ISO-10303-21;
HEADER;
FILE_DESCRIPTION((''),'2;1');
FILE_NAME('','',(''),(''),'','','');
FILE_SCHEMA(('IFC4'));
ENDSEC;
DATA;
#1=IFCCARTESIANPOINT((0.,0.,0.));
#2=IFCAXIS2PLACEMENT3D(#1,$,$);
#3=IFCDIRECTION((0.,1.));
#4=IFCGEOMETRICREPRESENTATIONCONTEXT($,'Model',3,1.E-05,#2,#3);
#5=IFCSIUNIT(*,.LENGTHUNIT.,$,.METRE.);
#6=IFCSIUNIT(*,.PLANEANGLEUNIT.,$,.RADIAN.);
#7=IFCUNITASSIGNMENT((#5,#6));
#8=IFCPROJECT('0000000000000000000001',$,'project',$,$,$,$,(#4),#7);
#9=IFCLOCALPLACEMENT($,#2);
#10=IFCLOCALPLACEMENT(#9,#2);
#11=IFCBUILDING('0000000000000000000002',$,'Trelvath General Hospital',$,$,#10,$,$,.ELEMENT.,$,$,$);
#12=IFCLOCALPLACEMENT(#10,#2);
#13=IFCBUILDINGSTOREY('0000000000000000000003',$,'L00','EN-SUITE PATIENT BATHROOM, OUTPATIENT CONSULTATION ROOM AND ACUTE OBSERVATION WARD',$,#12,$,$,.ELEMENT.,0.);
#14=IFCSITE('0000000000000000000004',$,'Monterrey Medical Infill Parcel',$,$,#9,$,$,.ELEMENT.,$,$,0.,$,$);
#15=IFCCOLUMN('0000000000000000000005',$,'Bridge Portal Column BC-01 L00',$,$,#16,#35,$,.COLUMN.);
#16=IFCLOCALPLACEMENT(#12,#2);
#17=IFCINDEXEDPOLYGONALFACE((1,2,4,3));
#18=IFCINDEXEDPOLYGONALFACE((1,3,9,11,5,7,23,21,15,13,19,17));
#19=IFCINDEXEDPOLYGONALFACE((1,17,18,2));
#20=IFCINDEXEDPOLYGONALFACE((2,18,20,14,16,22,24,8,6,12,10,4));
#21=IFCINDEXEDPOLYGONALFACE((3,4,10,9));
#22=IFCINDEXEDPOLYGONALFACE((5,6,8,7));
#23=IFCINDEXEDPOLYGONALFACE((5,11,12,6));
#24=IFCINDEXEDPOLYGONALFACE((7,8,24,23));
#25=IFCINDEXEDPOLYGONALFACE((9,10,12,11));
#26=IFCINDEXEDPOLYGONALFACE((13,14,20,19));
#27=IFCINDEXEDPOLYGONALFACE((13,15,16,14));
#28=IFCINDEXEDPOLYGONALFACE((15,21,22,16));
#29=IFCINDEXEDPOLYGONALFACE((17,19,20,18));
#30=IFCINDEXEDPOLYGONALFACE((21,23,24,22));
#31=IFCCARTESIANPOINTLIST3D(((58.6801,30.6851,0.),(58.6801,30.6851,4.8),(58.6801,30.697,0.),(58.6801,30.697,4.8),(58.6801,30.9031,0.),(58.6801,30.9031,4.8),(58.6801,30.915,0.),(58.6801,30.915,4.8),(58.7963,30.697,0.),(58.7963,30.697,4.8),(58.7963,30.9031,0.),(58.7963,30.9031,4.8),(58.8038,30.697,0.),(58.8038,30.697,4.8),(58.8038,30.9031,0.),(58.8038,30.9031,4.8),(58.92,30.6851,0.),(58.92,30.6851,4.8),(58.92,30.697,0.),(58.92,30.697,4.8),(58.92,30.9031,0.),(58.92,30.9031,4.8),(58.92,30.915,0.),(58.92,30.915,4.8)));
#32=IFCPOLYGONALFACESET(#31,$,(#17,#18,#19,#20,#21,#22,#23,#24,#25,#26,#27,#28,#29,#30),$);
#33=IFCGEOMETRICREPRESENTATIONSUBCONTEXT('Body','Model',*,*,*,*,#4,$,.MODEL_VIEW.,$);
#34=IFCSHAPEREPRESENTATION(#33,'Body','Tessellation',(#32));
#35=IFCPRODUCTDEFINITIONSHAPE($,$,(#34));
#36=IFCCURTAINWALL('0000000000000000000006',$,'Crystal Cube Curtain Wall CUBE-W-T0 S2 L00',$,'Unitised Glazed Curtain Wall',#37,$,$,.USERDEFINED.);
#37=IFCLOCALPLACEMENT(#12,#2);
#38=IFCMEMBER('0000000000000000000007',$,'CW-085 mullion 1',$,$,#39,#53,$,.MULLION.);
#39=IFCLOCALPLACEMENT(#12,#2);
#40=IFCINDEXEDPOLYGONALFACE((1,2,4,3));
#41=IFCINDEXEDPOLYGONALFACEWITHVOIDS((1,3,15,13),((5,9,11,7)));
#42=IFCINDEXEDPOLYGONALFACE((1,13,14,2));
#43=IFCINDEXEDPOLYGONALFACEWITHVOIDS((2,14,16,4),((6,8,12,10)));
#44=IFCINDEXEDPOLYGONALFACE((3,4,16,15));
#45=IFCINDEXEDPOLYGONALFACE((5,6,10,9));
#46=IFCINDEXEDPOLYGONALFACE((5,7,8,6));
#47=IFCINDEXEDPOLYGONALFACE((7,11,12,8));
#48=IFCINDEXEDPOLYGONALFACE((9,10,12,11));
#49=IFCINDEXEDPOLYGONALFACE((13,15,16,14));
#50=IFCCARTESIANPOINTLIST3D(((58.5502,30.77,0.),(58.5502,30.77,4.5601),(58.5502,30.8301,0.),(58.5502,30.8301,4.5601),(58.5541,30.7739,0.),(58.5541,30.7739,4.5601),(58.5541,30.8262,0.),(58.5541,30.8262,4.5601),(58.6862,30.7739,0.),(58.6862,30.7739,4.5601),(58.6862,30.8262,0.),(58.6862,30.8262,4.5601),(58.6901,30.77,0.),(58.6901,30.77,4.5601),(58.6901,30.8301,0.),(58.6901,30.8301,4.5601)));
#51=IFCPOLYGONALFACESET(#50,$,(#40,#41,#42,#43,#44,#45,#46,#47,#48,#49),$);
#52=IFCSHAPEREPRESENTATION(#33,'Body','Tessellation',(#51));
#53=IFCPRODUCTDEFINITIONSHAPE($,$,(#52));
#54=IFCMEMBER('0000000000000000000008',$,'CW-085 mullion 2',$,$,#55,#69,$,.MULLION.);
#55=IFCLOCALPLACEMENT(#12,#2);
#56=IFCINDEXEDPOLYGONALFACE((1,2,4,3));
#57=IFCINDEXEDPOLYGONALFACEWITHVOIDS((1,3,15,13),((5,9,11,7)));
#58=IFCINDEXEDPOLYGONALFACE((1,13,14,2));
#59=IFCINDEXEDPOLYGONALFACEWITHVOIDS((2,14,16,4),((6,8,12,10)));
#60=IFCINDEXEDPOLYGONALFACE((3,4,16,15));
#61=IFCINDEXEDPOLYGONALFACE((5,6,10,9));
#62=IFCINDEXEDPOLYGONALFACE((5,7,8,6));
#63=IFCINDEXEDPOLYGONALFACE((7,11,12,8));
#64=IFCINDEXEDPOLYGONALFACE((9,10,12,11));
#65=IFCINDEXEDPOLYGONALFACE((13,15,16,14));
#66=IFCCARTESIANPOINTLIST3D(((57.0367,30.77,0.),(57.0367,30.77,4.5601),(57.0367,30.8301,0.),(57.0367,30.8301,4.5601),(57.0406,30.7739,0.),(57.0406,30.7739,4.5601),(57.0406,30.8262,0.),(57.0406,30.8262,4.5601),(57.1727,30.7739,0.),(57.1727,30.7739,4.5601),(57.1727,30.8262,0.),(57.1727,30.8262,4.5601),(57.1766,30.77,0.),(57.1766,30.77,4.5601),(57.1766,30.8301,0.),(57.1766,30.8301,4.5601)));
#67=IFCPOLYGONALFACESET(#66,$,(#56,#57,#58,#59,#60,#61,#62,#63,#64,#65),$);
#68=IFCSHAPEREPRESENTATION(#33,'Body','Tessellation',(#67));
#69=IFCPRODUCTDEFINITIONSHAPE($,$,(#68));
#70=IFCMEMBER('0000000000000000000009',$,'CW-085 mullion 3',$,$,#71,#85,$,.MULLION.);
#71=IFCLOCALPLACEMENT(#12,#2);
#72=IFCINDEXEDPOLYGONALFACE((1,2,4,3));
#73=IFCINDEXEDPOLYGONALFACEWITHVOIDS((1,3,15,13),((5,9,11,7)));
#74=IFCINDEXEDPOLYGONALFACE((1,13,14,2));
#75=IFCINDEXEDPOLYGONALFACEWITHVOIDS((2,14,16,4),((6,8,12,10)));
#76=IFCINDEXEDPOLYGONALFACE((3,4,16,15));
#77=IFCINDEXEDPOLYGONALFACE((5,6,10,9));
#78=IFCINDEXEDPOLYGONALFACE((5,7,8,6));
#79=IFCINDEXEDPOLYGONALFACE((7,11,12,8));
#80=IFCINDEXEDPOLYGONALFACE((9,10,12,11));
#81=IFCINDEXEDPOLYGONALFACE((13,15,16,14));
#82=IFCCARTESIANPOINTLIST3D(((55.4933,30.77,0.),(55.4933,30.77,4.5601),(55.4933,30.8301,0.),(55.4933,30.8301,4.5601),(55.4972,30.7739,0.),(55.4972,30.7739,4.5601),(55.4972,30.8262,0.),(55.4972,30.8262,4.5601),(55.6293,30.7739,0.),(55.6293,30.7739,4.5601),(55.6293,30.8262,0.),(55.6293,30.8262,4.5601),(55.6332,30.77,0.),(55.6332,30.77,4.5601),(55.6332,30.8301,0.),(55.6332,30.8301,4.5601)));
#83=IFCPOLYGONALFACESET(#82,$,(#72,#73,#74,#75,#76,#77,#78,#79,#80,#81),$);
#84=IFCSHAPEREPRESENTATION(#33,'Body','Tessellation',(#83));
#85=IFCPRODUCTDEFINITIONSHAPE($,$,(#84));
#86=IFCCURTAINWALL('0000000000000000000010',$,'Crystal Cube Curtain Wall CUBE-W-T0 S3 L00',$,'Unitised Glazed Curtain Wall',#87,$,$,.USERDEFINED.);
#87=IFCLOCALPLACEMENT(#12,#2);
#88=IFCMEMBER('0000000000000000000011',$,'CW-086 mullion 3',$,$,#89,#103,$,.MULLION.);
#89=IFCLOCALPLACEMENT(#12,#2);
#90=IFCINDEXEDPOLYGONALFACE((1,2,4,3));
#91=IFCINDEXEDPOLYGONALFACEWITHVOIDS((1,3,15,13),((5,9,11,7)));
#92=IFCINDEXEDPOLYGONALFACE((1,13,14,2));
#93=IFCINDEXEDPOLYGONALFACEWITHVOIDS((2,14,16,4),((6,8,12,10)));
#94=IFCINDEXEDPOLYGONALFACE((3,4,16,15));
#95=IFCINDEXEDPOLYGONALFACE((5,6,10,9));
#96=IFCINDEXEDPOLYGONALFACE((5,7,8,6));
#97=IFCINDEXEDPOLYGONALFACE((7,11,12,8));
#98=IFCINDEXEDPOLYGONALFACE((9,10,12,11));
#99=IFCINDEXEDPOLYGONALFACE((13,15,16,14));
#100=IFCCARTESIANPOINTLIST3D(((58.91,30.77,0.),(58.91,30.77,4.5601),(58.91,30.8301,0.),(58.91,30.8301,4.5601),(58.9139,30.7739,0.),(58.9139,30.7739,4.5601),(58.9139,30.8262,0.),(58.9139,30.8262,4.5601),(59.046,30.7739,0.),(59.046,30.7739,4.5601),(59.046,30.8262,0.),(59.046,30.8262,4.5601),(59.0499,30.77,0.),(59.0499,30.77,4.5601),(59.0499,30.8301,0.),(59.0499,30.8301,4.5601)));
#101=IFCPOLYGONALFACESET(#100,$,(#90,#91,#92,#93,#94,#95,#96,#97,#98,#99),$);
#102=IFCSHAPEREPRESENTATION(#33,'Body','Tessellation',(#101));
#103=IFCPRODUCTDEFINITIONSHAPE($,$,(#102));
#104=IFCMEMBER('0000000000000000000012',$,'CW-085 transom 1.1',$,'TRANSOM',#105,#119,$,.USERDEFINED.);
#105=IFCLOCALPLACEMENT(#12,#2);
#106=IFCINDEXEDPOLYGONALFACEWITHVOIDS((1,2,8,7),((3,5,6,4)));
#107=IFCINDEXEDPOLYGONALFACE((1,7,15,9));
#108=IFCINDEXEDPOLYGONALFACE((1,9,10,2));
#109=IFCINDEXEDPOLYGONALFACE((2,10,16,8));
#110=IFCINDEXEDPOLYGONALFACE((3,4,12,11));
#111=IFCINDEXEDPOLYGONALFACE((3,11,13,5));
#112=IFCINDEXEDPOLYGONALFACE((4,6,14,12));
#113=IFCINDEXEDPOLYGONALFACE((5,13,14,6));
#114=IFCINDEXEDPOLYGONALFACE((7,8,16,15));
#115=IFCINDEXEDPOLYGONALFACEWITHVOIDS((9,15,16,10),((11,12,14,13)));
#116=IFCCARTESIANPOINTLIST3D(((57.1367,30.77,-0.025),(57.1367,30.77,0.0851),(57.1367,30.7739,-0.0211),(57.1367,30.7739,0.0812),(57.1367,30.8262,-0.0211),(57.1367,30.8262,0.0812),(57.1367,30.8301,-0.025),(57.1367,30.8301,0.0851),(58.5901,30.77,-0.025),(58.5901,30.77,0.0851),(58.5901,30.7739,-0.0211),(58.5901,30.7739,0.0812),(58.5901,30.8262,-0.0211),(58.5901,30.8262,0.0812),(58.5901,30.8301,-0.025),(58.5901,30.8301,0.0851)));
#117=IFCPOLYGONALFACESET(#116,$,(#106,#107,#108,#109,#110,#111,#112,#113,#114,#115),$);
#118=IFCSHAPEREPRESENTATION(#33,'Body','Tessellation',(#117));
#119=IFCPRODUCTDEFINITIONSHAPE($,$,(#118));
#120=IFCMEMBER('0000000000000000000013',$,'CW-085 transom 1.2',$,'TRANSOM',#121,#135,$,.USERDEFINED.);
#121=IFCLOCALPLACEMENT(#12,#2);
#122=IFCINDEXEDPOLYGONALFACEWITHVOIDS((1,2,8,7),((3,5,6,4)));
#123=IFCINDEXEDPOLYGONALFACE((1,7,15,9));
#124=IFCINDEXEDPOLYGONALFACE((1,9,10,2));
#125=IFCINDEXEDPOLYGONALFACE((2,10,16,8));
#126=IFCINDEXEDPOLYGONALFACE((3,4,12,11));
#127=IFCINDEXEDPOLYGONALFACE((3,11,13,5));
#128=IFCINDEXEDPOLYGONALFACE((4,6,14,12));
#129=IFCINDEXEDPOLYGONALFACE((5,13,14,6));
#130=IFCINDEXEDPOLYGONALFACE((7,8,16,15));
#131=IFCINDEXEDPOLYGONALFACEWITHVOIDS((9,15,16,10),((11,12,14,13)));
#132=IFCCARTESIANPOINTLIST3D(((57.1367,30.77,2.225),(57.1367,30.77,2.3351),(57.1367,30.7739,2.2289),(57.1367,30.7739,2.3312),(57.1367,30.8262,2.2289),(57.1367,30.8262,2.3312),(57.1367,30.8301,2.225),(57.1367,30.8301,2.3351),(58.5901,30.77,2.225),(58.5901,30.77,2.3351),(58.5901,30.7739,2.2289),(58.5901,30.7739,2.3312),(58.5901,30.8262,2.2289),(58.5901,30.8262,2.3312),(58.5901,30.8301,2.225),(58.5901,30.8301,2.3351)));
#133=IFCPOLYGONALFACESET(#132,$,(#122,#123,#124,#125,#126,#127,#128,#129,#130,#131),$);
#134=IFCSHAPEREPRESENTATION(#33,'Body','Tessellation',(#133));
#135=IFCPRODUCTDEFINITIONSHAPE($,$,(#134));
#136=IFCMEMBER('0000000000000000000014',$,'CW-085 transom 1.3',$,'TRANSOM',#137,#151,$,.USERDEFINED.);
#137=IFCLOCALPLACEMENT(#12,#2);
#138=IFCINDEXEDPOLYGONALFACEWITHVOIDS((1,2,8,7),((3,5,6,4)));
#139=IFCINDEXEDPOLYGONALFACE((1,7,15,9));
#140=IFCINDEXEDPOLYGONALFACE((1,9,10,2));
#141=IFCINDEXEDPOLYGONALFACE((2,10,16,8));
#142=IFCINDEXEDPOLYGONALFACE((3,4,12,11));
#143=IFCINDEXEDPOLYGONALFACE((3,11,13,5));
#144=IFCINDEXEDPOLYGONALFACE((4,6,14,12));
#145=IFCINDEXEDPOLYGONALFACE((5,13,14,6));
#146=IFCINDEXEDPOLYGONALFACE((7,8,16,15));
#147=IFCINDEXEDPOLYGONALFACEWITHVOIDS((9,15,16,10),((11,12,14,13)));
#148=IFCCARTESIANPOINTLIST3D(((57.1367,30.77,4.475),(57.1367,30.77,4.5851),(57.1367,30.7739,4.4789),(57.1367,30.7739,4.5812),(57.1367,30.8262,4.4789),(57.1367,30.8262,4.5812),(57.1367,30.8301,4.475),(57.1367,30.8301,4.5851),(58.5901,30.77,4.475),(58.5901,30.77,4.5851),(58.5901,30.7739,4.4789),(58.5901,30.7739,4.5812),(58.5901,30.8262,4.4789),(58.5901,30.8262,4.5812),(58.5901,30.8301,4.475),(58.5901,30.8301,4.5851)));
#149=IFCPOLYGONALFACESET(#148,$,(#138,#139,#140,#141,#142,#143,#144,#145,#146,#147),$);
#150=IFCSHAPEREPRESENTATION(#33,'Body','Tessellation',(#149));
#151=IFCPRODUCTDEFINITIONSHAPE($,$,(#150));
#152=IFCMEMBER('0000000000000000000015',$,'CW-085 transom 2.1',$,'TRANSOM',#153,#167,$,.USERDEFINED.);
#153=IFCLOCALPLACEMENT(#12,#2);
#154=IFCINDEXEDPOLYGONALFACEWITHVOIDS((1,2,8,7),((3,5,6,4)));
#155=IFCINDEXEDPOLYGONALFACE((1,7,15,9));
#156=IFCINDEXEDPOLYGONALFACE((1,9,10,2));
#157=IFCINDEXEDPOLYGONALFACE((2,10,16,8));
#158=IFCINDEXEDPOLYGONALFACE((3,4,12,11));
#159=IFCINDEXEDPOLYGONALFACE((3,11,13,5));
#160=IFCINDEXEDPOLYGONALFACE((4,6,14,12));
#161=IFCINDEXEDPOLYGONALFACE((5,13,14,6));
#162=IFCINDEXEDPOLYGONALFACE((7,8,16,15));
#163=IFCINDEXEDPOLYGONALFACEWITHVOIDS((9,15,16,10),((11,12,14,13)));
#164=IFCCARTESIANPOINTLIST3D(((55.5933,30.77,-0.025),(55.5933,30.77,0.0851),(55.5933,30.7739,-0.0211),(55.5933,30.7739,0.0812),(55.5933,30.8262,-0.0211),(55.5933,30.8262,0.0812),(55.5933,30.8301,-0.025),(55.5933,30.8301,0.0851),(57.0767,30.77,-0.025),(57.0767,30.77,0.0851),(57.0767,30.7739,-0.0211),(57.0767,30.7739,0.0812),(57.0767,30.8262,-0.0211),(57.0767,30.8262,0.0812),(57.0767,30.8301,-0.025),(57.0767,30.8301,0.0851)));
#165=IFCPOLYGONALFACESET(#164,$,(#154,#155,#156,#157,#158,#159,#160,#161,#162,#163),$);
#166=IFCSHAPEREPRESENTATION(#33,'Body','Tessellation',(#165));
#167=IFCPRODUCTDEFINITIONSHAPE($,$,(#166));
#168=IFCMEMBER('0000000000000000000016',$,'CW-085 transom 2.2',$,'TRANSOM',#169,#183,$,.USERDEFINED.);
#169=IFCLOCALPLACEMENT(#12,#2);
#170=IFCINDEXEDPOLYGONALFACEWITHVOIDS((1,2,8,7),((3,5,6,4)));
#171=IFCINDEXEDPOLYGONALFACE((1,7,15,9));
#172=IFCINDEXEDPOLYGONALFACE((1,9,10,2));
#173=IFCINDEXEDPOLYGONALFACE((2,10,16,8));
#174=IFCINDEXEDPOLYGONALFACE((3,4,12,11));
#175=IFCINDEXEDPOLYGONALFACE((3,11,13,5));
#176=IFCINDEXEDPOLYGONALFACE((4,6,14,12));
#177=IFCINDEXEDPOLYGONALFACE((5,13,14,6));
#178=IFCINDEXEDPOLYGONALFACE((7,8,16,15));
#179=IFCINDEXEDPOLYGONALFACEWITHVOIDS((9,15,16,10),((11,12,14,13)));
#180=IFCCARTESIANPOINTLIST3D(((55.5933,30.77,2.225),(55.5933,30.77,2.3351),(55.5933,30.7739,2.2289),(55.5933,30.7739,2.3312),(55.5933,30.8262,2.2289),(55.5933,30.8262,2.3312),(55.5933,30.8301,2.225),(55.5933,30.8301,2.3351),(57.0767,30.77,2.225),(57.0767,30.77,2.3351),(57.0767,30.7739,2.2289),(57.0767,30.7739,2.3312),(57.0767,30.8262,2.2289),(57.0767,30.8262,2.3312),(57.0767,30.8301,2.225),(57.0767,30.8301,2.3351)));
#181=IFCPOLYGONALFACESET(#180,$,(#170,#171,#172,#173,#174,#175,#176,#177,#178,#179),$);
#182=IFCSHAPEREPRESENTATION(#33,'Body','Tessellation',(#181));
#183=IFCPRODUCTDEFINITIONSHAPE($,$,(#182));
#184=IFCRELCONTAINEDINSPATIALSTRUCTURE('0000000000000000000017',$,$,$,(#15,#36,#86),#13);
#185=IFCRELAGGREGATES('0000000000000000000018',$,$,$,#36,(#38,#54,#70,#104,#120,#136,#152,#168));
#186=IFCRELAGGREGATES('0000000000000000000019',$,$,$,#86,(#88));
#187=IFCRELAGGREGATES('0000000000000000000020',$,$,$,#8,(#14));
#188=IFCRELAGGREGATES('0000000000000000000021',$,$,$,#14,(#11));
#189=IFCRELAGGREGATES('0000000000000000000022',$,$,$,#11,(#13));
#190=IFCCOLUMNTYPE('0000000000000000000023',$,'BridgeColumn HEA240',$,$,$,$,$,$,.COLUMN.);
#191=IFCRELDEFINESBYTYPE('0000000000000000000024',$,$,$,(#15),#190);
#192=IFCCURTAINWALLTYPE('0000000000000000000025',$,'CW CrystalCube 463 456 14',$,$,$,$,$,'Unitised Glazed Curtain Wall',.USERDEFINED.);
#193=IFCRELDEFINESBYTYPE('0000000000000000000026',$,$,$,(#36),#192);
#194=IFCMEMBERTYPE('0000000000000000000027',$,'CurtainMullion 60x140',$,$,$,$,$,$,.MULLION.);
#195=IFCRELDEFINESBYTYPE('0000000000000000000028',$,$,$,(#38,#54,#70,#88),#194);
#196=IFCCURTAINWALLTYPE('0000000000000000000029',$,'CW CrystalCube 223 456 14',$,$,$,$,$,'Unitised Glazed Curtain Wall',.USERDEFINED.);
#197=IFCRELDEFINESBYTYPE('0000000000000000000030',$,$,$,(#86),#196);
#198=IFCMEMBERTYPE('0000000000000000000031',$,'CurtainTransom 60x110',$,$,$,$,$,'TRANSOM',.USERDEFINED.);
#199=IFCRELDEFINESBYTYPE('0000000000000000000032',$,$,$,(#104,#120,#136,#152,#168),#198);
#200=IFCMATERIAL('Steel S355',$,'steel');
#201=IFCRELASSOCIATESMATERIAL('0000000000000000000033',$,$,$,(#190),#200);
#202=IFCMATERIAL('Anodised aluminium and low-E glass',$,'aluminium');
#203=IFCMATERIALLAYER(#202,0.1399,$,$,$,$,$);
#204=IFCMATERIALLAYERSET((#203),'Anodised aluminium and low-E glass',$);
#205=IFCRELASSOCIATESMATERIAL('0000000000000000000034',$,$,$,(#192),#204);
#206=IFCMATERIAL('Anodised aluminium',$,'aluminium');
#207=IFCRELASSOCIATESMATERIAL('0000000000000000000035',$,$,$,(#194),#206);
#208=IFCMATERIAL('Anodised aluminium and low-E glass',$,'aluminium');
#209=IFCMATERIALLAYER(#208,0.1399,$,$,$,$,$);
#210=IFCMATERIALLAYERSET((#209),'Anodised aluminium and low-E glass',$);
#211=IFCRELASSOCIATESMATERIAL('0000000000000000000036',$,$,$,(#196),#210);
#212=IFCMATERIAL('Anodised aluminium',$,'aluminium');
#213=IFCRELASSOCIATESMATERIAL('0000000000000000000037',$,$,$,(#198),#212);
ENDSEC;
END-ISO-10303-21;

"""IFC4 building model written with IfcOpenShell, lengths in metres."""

from ifc_helpers import new_model, si_unit, direction, frame, origin, origin_2d, place, context, subcontext, project, spatial, hollow_rectangle, i_section, extrude, material, layer, layer_set, material_profile, profile_set, type_object, element, aggregate, save


model = new_model("IFC4")

# Units and contexts
model_context = context("Model", 3, precision=1e-05, world=origin(), true_north=direction((0.0, 1.0)))
body_context = subcontext(model_context, "Body", "Model", "MODEL_VIEW")
ifc_project = project(units=[si_unit("LENGTHUNIT", "METRE"), si_unit("PLANEANGLEUNIT", "RADIAN")], contexts=[model_context])

# Site, building, storey
site_placement = place(None, origin())
site = spatial("IfcSite", under=ifc_project, at=site_placement, Name="Monterrey Medical Infill Parcel", CompositionType="ELEMENT", RefElevation=0.0)
building_placement = place(site_placement, origin())
building = spatial("IfcBuilding", under=site, at=building_placement, Name="Trelvath General Hospital", CompositionType="ELEMENT")
storey_placement = place(building_placement, origin())
storey = spatial("IfcBuildingStorey", under=building, at=storey_placement, Name="L00", Description="EN-SUITE PATIENT BATHROOM, OUTPATIENT CONSULTATION ROOM AND ACUTE OBSERVATION WARD", CompositionType="ELEMENT", Elevation=0.0)

# Column
ifc_material_1 = material(Name="Steel S355", Category="steel")
ifc_material_profile_1 = material_profile(ifc_material_1, i_section(OverallWidth=0.24, OverallDepth=0.23, WebThickness=0.0076, FlangeThickness=0.012, at=origin_2d()), Name="HEA240")
ifc_profile_set_1 = profile_set([ifc_material_profile_1], Name="Steel S355")
column_type = type_object("IfcColumnType", Name="BridgeColumn HEA240", PredefinedType="COLUMN", material=ifc_profile_set_1)
column_placement = place(storey_placement, frame((58.8, 30.8, 0.0), z_axis=(0.0, 0.0, 1.0), x_axis=(1.0, 0.0, 0.0)))
element("IfcColumn", 1, at=column_placement, inside=storey, type_object=column_type, Name="Bridge Portal Column BC-01 L00", PredefinedType="COLUMN", context=body_context, shape_type="SweptSolid", body=[
    extrude(i_section(OverallWidth=0.24, OverallDepth=0.23, WebThickness=0.0076, FlangeThickness=0.012, at=origin_2d()), origin(), (0.0, 0.0, 1.0), 4.8),
])

# Curtain wall, members
ifc_material_2 = material(Name="Anodised aluminium and low-E glass", Category="aluminium")
ifc_layer_1 = layer(ifc_material_2, 0.1399)
ifc_layer_set_1 = layer_set([ifc_layer_1], Name="Anodised aluminium and low-E glass")
curtain_wall_type_1 = type_object("IfcCurtainWallType", Name="CW CrystalCube 463 456 14", ElementType="Unitised Glazed Curtain Wall", PredefinedType="USERDEFINED", material=ifc_layer_set_1)
curtain_wall_1_placement = place(storey_placement, origin())
curtain_wall_1 = element("IfcCurtainWall", 2, at=curtain_wall_1_placement, inside=storey, type_object=curtain_wall_type_1, Name="Crystal Cube Curtain Wall CUBE-W-T0 S2 L00", ObjectType="Unitised Glazed Curtain Wall", PredefinedType="USERDEFINED")
ifc_material_3 = material(Name="Anodised aluminium", Category="aluminium")
ifc_material_profile_2 = material_profile(ifc_material_3, hollow_rectangle(XDim=0.0601, YDim=0.1399, WallThickness=0.0039, at=origin_2d()), Name="RHS60x140x4")
ifc_profile_set_2 = profile_set([ifc_material_profile_2], Name="Anodised aluminium")
member_type_1 = type_object("IfcMemberType", Name="CurtainMullion 60x140", PredefinedType="MULLION", material=ifc_profile_set_2)
member_1_placement = place(storey_placement, frame((58.6201, 30.8, 0.0), z_axis=(0.0, 0.0, 1.0), x_axis=(0.0, -1.0, 0.0)))
member_1 = element("IfcMember", 3, at=member_1_placement, type_object=member_type_1, Name="CW-085 mullion 1", PredefinedType="MULLION", context=body_context, shape_type="SweptSolid", body=[
    extrude(hollow_rectangle(XDim=0.0601, YDim=0.1399, WallThickness=0.0039, at=origin_2d()), origin(), (0.0, 0.0, 1.0), 4.5601),
])
member_2_placement = place(storey_placement, frame((57.1067, 30.8, 0.0), z_axis=(0.0, 0.0, 1.0), x_axis=(0.0, -1.0, 0.0)))
member_2 = element("IfcMember", 4, at=member_2_placement, type_object=member_type_1, Name="CW-085 mullion 2", PredefinedType="MULLION", context=body_context, shape_type="SweptSolid", body=[
    extrude(hollow_rectangle(XDim=0.0601, YDim=0.1399, WallThickness=0.0039, at=origin_2d()), origin(), (0.0, 0.0, 1.0), 4.5601),
])
member_3_placement = place(storey_placement, frame((55.5632, 30.8, 0.0), z_axis=(0.0, 0.0, 1.0), x_axis=(0.0, -1.0, 0.0)))
member_3 = element("IfcMember", 5, at=member_3_placement, type_object=member_type_1, Name="CW-085 mullion 3", PredefinedType="MULLION", context=body_context, shape_type="SweptSolid", body=[
    extrude(hollow_rectangle(XDim=0.0601, YDim=0.1399, WallThickness=0.0039, at=origin_2d()), origin(), (0.0, 0.0, 1.0), 4.5601),
])

# Curtain wall, member
ifc_material_4 = material(Name="Anodised aluminium and low-E glass", Category="aluminium")
ifc_layer_2 = layer(ifc_material_4, 0.1399)
ifc_layer_set_2 = layer_set([ifc_layer_2], Name="Anodised aluminium and low-E glass")
curtain_wall_type_2 = type_object("IfcCurtainWallType", Name="CW CrystalCube 223 456 14", ElementType="Unitised Glazed Curtain Wall", PredefinedType="USERDEFINED", material=ifc_layer_set_2)
curtain_wall_2_placement = place(storey_placement, origin())
curtain_wall_2 = element("IfcCurtainWall", 6, at=curtain_wall_2_placement, inside=storey, type_object=curtain_wall_type_2, Name="Crystal Cube Curtain Wall CUBE-W-T0 S3 L00", ObjectType="Unitised Glazed Curtain Wall", PredefinedType="USERDEFINED")
member_4_placement = place(storey_placement, frame((58.98, 30.8, 0.0), z_axis=(0.0, 0.0, 1.0), x_axis=(0.0, -1.0, 0.0)))
member_4 = element("IfcMember", 7, at=member_4_placement, type_object=member_type_1, Name="CW-086 mullion 3", PredefinedType="MULLION", context=body_context, shape_type="SweptSolid", body=[
    extrude(hollow_rectangle(XDim=0.0601, YDim=0.1399, WallThickness=0.0039, at=origin_2d()), origin(), (0.0, 0.0, 1.0), 4.5601),
])

# Members
ifc_material_5 = material(Name="Anodised aluminium", Category="aluminium")
ifc_material_profile_3 = material_profile(ifc_material_5, hollow_rectangle(XDim=0.0601, YDim=0.1101, WallThickness=0.0039, at=origin_2d()), Name="RHS60x110x4")
ifc_profile_set_3 = profile_set([ifc_material_profile_3], Name="Anodised aluminium")
member_type_2 = type_object("IfcMemberType", Name="CurtainTransom 60x110", ElementType="TRANSOM", PredefinedType="USERDEFINED", material=ifc_profile_set_3)
member_5_placement = place(storey_placement, frame((58.5901, 30.8, 0.03), z_axis=(-1.0, 0.0, 0.0), x_axis=(0.0, -1.0, 0.0)))
member_5 = element("IfcMember", 8, at=member_5_placement, type_object=member_type_2, Name="CW-085 transom 1.1", ObjectType="TRANSOM", PredefinedType="USERDEFINED", context=body_context, shape_type="SweptSolid", body=[
    extrude(hollow_rectangle(XDim=0.0601, YDim=0.1101, WallThickness=0.0039, at=origin_2d()), origin(), (0.0, 0.0, 1.0), 1.4534),
])
member_6_placement = place(storey_placement, frame((58.5901, 30.8, 2.28), z_axis=(-1.0, 0.0, 0.0), x_axis=(0.0, -1.0, 0.0)))
member_6 = element("IfcMember", 9, at=member_6_placement, type_object=member_type_2, Name="CW-085 transom 1.2", ObjectType="TRANSOM", PredefinedType="USERDEFINED", context=body_context, shape_type="SweptSolid", body=[
    extrude(hollow_rectangle(XDim=0.0601, YDim=0.1101, WallThickness=0.0039, at=origin_2d()), origin(), (0.0, 0.0, 1.0), 1.4534),
])
member_7_placement = place(storey_placement, frame((58.5901, 30.8, 4.53), z_axis=(-1.0, 0.0, 0.0), x_axis=(0.0, -1.0, 0.0)))
member_7 = element("IfcMember", 10, at=member_7_placement, type_object=member_type_2, Name="CW-085 transom 1.3", ObjectType="TRANSOM", PredefinedType="USERDEFINED", context=body_context, shape_type="SweptSolid", body=[
    extrude(hollow_rectangle(XDim=0.0601, YDim=0.1101, WallThickness=0.0039, at=origin_2d()), origin(), (0.0, 0.0, 1.0), 1.4534),
])
member_8_placement = place(storey_placement, frame((57.0767, 30.8, 0.03), z_axis=(-1.0, 0.0, 0.0), x_axis=(0.0, -1.0, 0.0)))
member_8 = element("IfcMember", 11, at=member_8_placement, type_object=member_type_2, Name="CW-085 transom 2.1", ObjectType="TRANSOM", PredefinedType="USERDEFINED", context=body_context, shape_type="SweptSolid", body=[
    extrude(hollow_rectangle(XDim=0.0601, YDim=0.1101, WallThickness=0.0039, at=origin_2d()), origin(), (0.0, 0.0, 1.0), 1.4834),
])
member_9_placement = place(storey_placement, frame((57.0767, 30.8, 2.28), z_axis=(-1.0, 0.0, 0.0), x_axis=(0.0, -1.0, 0.0)))
member_9 = element("IfcMember", 12, at=member_9_placement, type_object=member_type_2, Name="CW-085 transom 2.2", ObjectType="TRANSOM", PredefinedType="USERDEFINED", context=body_context, shape_type="SweptSolid", body=[
    extrude(hollow_rectangle(XDim=0.0601, YDim=0.1101, WallThickness=0.0039, at=origin_2d()), origin(), (0.0, 0.0, 1.0), 1.4834),
])

aggregate(curtain_wall_1, [member_1, member_2, member_3, member_5, member_6, member_7, member_8, member_9])
aggregate(curtain_wall_2, [member_4])

save(model, "model.ifc")
